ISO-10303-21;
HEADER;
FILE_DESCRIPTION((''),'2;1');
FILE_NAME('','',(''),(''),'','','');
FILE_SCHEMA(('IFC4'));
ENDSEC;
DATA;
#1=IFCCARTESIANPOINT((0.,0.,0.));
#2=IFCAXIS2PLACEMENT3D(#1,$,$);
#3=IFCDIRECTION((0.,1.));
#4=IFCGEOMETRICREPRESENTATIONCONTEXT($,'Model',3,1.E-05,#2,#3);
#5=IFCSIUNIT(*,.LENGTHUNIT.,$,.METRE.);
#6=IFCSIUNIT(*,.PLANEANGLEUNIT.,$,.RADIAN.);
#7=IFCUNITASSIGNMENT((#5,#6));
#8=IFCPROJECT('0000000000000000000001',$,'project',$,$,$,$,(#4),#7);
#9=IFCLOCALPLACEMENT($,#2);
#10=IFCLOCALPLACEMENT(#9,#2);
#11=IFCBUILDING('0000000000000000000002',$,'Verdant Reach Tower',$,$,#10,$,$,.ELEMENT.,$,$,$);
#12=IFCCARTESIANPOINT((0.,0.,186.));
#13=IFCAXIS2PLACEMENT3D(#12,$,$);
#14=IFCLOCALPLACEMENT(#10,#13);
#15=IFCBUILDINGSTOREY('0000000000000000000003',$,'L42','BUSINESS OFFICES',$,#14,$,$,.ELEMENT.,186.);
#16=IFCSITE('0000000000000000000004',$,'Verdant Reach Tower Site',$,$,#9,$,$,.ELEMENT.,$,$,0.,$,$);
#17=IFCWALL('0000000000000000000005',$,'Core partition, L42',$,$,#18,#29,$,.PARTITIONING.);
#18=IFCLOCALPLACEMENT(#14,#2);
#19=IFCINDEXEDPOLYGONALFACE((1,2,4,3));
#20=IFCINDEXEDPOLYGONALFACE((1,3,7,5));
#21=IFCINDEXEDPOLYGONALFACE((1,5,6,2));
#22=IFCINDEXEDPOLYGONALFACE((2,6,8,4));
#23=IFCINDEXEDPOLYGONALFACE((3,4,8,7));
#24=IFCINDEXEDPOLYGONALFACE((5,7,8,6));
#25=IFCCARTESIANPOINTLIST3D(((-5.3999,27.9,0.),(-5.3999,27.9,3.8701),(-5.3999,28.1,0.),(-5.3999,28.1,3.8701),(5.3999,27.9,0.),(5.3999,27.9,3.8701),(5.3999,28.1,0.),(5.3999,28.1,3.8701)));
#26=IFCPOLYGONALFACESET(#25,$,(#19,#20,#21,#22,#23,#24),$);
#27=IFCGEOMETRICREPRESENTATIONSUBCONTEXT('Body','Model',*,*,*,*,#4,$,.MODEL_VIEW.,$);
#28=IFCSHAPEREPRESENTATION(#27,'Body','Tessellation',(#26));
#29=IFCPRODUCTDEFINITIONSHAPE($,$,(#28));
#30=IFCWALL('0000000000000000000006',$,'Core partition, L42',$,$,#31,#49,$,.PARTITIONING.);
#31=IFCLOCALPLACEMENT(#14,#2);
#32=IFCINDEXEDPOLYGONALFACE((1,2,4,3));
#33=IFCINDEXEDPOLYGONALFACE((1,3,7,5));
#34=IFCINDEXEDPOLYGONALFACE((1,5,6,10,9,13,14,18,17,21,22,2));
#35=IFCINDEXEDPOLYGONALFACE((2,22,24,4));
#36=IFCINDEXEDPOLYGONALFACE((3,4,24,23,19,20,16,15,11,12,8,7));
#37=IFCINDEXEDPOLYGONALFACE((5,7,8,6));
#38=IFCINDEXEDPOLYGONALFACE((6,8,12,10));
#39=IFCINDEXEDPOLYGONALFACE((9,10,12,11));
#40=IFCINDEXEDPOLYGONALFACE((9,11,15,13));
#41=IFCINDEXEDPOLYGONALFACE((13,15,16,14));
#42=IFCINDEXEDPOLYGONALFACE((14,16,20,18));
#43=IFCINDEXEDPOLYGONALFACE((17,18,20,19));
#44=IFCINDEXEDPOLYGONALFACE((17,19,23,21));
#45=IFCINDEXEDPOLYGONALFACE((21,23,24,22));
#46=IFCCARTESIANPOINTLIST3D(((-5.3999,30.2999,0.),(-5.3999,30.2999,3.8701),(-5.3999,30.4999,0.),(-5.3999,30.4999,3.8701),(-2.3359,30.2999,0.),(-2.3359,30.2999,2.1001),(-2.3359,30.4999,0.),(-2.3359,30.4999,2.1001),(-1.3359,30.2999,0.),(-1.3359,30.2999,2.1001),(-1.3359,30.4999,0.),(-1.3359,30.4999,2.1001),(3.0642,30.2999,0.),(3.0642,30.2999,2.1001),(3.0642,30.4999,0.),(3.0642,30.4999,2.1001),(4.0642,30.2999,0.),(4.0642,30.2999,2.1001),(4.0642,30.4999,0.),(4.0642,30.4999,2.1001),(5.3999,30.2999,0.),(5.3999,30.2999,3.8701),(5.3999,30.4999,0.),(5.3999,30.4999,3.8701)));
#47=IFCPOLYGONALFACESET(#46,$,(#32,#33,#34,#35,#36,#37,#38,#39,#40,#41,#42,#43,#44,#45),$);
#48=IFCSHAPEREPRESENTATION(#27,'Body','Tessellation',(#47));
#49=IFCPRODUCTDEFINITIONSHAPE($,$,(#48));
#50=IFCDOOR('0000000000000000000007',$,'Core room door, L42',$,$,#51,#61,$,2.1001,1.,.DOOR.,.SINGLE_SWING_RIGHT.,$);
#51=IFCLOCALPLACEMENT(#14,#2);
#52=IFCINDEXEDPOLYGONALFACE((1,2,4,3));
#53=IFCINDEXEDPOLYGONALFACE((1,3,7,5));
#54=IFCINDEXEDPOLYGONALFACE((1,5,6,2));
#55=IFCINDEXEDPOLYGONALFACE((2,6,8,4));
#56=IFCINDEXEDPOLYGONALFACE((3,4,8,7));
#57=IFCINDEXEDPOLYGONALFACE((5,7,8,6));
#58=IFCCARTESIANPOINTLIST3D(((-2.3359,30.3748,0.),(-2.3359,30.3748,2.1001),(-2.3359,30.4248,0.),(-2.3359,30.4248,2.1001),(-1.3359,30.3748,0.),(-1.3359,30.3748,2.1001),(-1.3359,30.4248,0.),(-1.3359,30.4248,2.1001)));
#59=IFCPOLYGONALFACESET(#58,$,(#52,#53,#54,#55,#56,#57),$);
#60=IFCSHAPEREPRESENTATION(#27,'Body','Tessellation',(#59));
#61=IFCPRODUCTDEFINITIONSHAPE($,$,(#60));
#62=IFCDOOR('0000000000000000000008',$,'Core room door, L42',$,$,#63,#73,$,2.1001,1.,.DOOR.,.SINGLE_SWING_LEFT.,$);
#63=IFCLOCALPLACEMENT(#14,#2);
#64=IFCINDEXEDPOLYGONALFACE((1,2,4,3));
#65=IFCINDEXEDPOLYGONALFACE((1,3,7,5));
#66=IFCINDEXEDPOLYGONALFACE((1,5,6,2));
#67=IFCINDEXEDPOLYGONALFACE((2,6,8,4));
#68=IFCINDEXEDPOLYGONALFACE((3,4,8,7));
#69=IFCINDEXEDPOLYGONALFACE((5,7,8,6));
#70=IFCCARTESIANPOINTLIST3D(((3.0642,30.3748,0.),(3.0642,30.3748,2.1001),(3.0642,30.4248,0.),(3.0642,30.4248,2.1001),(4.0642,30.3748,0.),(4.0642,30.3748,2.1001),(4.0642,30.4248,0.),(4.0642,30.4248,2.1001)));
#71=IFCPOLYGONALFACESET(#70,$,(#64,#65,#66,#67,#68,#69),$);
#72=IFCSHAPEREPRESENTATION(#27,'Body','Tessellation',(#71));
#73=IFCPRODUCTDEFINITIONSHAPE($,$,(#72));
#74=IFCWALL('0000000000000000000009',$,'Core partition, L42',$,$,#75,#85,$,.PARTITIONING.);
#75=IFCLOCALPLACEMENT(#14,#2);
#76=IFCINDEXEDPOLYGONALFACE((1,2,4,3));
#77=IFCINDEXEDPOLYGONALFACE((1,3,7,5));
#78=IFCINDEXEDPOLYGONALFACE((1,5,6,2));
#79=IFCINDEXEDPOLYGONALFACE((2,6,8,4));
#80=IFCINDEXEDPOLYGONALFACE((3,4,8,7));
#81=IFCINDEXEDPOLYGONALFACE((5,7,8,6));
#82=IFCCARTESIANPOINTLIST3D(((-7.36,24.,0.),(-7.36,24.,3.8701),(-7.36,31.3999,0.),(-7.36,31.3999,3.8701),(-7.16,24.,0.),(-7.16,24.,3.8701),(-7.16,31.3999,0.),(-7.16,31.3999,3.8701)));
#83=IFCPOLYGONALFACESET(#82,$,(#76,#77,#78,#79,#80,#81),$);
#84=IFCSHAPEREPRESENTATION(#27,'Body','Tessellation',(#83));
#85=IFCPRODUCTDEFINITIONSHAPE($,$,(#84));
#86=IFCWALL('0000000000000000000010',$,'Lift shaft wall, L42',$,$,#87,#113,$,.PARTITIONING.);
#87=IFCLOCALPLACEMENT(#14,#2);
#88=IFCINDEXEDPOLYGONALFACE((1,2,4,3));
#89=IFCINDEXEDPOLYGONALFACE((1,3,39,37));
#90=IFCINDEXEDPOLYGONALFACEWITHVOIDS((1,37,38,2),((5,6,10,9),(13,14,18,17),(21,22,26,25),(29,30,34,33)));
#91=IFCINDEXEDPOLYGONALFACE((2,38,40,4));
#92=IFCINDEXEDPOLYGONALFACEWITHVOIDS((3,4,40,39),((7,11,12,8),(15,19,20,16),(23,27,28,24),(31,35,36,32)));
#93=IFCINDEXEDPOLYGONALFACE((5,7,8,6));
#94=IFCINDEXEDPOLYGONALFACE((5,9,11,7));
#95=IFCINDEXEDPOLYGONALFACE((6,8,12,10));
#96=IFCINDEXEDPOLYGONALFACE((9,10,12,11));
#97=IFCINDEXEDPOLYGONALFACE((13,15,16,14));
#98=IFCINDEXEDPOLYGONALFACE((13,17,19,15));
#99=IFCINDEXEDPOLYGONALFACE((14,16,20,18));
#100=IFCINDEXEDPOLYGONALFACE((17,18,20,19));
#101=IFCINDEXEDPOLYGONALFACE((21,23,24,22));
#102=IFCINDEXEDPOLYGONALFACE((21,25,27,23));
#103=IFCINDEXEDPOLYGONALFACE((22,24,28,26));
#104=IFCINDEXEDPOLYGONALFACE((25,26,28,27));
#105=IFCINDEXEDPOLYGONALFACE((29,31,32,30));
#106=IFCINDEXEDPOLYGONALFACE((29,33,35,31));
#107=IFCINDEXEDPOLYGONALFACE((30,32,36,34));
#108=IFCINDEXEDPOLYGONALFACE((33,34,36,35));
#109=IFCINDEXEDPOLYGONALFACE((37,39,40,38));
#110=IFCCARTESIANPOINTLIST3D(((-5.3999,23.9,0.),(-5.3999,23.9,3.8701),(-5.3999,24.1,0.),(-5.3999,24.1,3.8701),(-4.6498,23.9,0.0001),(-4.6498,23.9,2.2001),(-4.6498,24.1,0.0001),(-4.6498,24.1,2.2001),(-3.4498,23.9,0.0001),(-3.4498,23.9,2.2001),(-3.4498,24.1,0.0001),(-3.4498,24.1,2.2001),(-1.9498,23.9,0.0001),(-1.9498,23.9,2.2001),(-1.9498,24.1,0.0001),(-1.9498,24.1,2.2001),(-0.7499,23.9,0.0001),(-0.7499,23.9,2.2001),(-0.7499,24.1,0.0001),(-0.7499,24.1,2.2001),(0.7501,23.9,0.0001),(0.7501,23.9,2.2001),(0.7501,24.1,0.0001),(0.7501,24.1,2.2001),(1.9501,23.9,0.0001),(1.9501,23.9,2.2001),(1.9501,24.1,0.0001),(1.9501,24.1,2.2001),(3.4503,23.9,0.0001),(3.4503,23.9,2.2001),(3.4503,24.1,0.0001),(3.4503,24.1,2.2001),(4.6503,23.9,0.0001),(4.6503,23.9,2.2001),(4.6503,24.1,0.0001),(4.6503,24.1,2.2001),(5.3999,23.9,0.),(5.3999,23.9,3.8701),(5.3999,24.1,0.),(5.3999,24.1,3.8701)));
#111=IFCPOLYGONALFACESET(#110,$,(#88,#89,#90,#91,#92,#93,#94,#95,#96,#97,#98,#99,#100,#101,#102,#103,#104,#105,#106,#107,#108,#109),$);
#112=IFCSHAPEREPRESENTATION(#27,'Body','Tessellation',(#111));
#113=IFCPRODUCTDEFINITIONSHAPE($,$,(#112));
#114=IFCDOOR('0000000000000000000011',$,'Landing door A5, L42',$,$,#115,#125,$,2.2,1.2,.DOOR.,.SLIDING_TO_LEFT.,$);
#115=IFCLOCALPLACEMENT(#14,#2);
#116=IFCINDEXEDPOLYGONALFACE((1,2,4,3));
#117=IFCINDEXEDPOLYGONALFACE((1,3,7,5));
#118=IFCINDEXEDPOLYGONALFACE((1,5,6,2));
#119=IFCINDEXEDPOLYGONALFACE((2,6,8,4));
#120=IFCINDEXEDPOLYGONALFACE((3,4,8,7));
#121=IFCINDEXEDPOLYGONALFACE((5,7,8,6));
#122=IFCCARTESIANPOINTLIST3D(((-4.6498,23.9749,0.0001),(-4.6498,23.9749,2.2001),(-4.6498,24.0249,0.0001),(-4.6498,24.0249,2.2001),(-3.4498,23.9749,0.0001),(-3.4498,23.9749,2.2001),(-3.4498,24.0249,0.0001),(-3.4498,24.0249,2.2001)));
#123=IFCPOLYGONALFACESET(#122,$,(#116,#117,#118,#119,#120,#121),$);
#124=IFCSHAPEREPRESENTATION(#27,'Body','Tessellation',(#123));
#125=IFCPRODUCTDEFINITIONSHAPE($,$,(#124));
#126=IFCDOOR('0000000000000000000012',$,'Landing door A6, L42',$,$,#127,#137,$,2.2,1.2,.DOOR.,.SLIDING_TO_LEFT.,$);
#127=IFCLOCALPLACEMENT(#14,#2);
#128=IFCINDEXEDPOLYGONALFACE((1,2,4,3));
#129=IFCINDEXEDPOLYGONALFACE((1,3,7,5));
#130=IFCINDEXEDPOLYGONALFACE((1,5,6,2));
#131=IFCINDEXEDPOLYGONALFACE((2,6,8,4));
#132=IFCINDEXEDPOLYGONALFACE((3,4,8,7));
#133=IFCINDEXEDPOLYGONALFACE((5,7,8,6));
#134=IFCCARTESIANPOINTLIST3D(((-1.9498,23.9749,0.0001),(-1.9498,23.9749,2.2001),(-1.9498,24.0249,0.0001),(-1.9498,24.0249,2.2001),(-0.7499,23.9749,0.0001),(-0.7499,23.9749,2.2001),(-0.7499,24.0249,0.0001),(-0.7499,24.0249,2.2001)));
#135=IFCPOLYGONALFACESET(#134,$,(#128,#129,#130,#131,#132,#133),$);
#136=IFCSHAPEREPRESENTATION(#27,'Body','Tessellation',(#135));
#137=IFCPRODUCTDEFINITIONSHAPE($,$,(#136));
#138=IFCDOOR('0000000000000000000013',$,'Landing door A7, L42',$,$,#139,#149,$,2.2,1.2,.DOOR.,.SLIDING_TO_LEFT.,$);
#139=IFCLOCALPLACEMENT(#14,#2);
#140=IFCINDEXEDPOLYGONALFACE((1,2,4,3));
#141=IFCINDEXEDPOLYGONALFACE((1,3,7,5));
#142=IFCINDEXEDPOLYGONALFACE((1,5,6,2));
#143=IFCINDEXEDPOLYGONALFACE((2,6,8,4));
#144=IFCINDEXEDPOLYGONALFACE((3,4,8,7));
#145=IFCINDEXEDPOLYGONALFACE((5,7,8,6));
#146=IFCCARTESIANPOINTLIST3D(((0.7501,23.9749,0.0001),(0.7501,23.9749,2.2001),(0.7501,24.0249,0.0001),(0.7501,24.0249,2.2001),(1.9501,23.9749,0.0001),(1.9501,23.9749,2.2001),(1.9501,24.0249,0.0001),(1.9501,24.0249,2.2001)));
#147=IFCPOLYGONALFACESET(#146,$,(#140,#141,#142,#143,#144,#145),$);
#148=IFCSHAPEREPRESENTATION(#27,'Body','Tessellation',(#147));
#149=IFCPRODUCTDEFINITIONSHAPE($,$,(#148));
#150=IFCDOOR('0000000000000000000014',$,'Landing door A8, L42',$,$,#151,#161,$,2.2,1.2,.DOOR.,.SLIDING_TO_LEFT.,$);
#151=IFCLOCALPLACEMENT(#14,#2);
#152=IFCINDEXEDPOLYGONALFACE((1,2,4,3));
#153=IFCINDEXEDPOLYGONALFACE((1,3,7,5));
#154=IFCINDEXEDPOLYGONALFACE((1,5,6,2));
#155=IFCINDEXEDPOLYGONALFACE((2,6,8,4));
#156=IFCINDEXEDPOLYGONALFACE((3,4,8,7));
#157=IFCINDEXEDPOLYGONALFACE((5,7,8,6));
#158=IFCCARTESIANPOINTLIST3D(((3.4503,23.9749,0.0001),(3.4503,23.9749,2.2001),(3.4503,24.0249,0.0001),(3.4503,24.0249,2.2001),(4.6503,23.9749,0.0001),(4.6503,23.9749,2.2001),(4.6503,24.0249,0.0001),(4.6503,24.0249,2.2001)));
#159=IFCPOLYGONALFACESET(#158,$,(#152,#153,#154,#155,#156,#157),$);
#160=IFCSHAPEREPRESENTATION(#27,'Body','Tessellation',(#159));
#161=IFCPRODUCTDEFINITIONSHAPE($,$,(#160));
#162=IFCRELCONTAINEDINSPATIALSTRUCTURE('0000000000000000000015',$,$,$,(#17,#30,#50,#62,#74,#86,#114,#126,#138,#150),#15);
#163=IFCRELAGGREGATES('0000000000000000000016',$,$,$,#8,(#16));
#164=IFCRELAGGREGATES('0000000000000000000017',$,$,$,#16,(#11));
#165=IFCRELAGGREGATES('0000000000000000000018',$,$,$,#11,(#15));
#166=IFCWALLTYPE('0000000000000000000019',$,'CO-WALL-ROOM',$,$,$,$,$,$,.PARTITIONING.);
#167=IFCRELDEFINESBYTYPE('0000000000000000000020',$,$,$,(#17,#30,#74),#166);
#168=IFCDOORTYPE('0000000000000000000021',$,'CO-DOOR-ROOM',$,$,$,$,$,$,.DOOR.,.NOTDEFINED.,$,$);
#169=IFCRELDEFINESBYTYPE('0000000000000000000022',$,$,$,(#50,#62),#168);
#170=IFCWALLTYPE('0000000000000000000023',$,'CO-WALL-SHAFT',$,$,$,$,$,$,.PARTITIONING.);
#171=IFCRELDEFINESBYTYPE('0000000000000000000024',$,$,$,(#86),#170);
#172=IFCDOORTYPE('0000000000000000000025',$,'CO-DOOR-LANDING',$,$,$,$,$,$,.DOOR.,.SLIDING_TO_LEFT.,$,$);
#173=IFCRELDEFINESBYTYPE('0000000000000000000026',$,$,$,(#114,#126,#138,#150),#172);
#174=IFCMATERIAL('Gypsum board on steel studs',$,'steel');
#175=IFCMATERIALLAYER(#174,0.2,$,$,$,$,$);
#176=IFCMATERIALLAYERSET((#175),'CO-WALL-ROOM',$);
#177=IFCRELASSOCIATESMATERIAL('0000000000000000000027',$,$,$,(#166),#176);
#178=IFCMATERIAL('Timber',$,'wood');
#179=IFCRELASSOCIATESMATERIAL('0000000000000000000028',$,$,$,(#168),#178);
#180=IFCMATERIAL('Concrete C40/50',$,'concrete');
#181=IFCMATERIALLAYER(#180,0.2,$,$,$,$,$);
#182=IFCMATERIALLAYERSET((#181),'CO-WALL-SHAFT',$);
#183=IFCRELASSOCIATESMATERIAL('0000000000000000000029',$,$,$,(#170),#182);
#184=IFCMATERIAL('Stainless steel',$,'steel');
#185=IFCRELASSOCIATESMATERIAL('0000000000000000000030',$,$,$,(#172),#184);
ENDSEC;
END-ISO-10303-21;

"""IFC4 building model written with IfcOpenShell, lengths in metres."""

from ifc_helpers import new_model, si_unit, direction, frame, frame_2d, origin, place, context, subcontext, project, spatial, rectangle, extrude, material, layer, layer_set, type_object, element, fill, save


model = new_model("IFC4")

# Units and contexts
model_context = context("Model", 3, precision=1e-05, world=origin(), true_north=direction((0.0, 1.0)))
body_context = subcontext(model_context, "Body", "Model", "MODEL_VIEW")
ifc_project = project(units=[si_unit("LENGTHUNIT", "METRE"), si_unit("PLANEANGLEUNIT", "RADIAN")], contexts=[model_context])

# Site, building, storey
site_placement = place(None, origin())
site = spatial("IfcSite", under=ifc_project, at=site_placement, Name="Verdant Reach Tower Site", CompositionType="ELEMENT", RefElevation=0.0)
building_placement = place(site_placement, origin())
building = spatial("IfcBuilding", under=site, at=building_placement, Name="Verdant Reach Tower", CompositionType="ELEMENT")
storey_placement = place(building_placement, frame((0.0, 0.0, 186.0)))
storey = spatial("IfcBuildingStorey", under=building, at=storey_placement, Name="L42", Description="BUSINESS OFFICES", CompositionType="ELEMENT", Elevation=186.0)

# Wall
ifc_material_1 = material(Name="Gypsum board on steel studs", Category="steel")
ifc_layer_1 = layer(ifc_material_1, 0.2)
ifc_layer_set_1 = layer_set([ifc_layer_1], Name="CO-WALL-ROOM")
wall_type_1 = type_object("IfcWallType", Name="CO-WALL-ROOM", PredefinedType="PARTITIONING", material=ifc_layer_set_1)
wall_1_placement = place(storey_placement, frame((-5.3999, 28.0, 0.0), z_axis=(0.0, 0.0, 1.0), x_axis=(1.0, 0.0, 0.0)))
element("IfcWall", 1, at=wall_1_placement, inside=storey, type_object=wall_type_1, Name="Core partition, L42", PredefinedType="PARTITIONING", context=body_context, shape_type="SweptSolid", body=[
    extrude(rectangle(XDim=10.7998, YDim=0.2, at=frame_2d((5.3999, 0.0))), origin(), (0.0, 0.0, 1.0), 3.8701),
])

# Wall, openings, doors
wall_2_placement = place(storey_placement, frame((-5.3999, 30.3999, 0.0), z_axis=(0.0, 0.0, 1.0), x_axis=(1.0, 0.0, 0.0)))
wall_2 = element("IfcWall", 2, at=wall_2_placement, inside=storey, type_object=wall_type_1, Name="Core partition, L42", PredefinedType="PARTITIONING", context=body_context, shape_type="SweptSolid", body=[
    extrude(rectangle(XDim=10.7998, YDim=0.2, at=frame_2d((5.3999, 0.0))), origin(), (0.0, 0.0, 1.0), 3.8701),
])
opening_1_placement = place(wall_2_placement, frame((3.064, 0.0, 0.0)))
opening_1 = element("IfcOpeningElement", 3, at=opening_1_placement, cuts=wall_2, PredefinedType="OPENING", context=body_context, shape_type="SweptSolid", body=[
    extrude(rectangle(XDim=1.0, YDim=2.1001, at=frame_2d((0.5, 1.05))), frame((0.0, 0.1099, 0.0), z_axis=(0.0, -1.0, 0.0), x_axis=(1.0, 0.0, 0.0)), (0.0, 0.0, 1.0), 0.22),
])
opening_2_placement = place(wall_2_placement, frame((8.4641, 0.0, 0.0)))
opening_2 = element("IfcOpeningElement", 4, at=opening_2_placement, cuts=wall_2, PredefinedType="OPENING", context=body_context, shape_type="SweptSolid", body=[
    extrude(rectangle(XDim=1.0, YDim=2.1001, at=frame_2d((0.5, 1.05))), frame((0.0, 0.1099, 0.0), z_axis=(0.0, -1.0, 0.0), x_axis=(1.0, 0.0, 0.0)), (0.0, 0.0, 1.0), 0.22),
])
ifc_material_2 = material(Name="Timber", Category="wood")
door_type_1 = type_object("IfcDoorType", Name="CO-DOOR-ROOM", OperationType="NOTDEFINED", PredefinedType="DOOR", material=ifc_material_2)
door_1_placement = place(opening_1_placement, origin())
door_1 = element("IfcDoor", 5, at=door_1_placement, inside=storey, type_object=door_type_1, Name="Core room door, L42", OperationType="SINGLE_SWING_RIGHT", OverallHeight=2.1001, OverallWidth=1.0, PredefinedType="DOOR", context=body_context, shape_type="SweptSolid", body=[
    extrude(rectangle(XDim=1.0, YDim=2.1001, at=frame_2d((0.5, 1.05))), frame((0.0, 0.0249, 0.0), z_axis=(0.0, -1.0, 0.0), x_axis=(1.0, 0.0, 0.0)), (0.0, 0.0, 1.0), 0.05),
])
fill(opening_1, door_1)
door_2_placement = place(opening_2_placement, origin())
door_2 = element("IfcDoor", 6, at=door_2_placement, inside=storey, type_object=door_type_1, Name="Core room door, L42", OperationType="SINGLE_SWING_LEFT", OverallHeight=2.1001, OverallWidth=1.0, PredefinedType="DOOR", context=body_context, shape_type="SweptSolid", body=[
    extrude(rectangle(XDim=1.0, YDim=2.1001, at=frame_2d((0.5, 1.05))), frame((0.0, 0.0249, 0.0), z_axis=(0.0, -1.0, 0.0), x_axis=(1.0, 0.0, 0.0)), (0.0, 0.0, 1.0), 0.05),
])
fill(opening_2, door_2)

# Wall
wall_3_placement = place(storey_placement, frame((-7.26, 24.0, 0.0), z_axis=(0.0, 0.0, 1.0), x_axis=(0.0, 1.0, 0.0)))
element("IfcWall", 7, at=wall_3_placement, inside=storey, type_object=wall_type_1, Name="Core partition, L42", PredefinedType="PARTITIONING", context=body_context, shape_type="SweptSolid", body=[
    extrude(rectangle(XDim=7.3999, YDim=0.2, at=frame_2d((3.7, 0.0))), origin(), (0.0, 0.0, 1.0), 3.8701),
])

# Wall, openings, doors
ifc_material_3 = material(Name="Concrete C40/50", Category="concrete")
ifc_layer_2 = layer(ifc_material_3, 0.2)
ifc_layer_set_2 = layer_set([ifc_layer_2], Name="CO-WALL-SHAFT")
wall_type_2 = type_object("IfcWallType", Name="CO-WALL-SHAFT", PredefinedType="PARTITIONING", material=ifc_layer_set_2)
wall_4_placement = place(storey_placement, frame((-5.3999, 24.0, 0.0), z_axis=(0.0, 0.0, 1.0), x_axis=(1.0, 0.0, 0.0)))
wall_4 = element("IfcWall", 8, at=wall_4_placement, inside=storey, type_object=wall_type_2, Name="Lift shaft wall, L42", PredefinedType="PARTITIONING", context=body_context, shape_type="SweptSolid", body=[
    extrude(rectangle(XDim=10.7998, YDim=0.2, at=frame_2d((5.3999, 0.0))), origin(), (0.0, 0.0, 1.0), 3.8701),
])
opening_3_placement = place(wall_4_placement, frame((0.75, 0.0, 0.0)))
opening_3 = element("IfcOpeningElement", 9, at=opening_3_placement, cuts=wall_4, PredefinedType="OPENING", context=body_context, shape_type="SweptSolid", body=[
    extrude(rectangle(XDim=1.2, YDim=2.2, at=frame_2d((0.6001, 1.1001))), frame((0.0, 0.1099, 0.0), z_axis=(0.0, -1.0, 0.0), x_axis=(1.0, 0.0, 0.0)), (0.0, 0.0, 1.0), 0.22),
])
opening_4_placement = place(wall_4_placement, frame((3.45, 0.0, 0.0)))
opening_4 = element("IfcOpeningElement", 10, at=opening_4_placement, cuts=wall_4, PredefinedType="OPENING", context=body_context, shape_type="SweptSolid", body=[
    extrude(rectangle(XDim=1.2, YDim=2.2, at=frame_2d((0.6001, 1.1001))), frame((0.0, 0.1099, 0.0), z_axis=(0.0, -1.0, 0.0), x_axis=(1.0, 0.0, 0.0)), (0.0, 0.0, 1.0), 0.22),
])
opening_5_placement = place(wall_4_placement, frame((6.1499, 0.0, 0.0)))
opening_5 = element("IfcOpeningElement", 11, at=opening_5_placement, cuts=wall_4, PredefinedType="OPENING", context=body_context, shape_type="SweptSolid", body=[
    extrude(rectangle(XDim=1.2, YDim=2.2, at=frame_2d((0.6001, 1.1001))), frame((0.0, 0.1099, 0.0), z_axis=(0.0, -1.0, 0.0), x_axis=(1.0, 0.0, 0.0)), (0.0, 0.0, 1.0), 0.22),
])
opening_6_placement = place(wall_4_placement, frame((8.8501, 0.0, 0.0)))
opening_6 = element("IfcOpeningElement", 12, at=opening_6_placement, cuts=wall_4, PredefinedType="OPENING", context=body_context, shape_type="SweptSolid", body=[
    extrude(rectangle(XDim=1.2, YDim=2.2, at=frame_2d((0.6001, 1.1001))), frame((0.0, 0.1099, 0.0), z_axis=(0.0, -1.0, 0.0), x_axis=(1.0, 0.0, 0.0)), (0.0, 0.0, 1.0), 0.22),
])
ifc_material_4 = material(Name="Stainless steel", Category="steel")
door_type_2 = type_object("IfcDoorType", Name="CO-DOOR-LANDING", OperationType="SLIDING_TO_LEFT", PredefinedType="DOOR", material=ifc_material_4)
door_3_placement = place(opening_3_placement, origin())
door_3 = element("IfcDoor", 13, at=door_3_placement, inside=storey, type_object=door_type_2, Name="Landing door A5, L42", OperationType="SLIDING_TO_LEFT", OverallHeight=2.2, OverallWidth=1.2, PredefinedType="DOOR", context=body_context, shape_type="SweptSolid", body=[
    extrude(rectangle(XDim=1.2, YDim=2.2, at=frame_2d((0.6001, 1.1001))), frame((0.0, 0.0249, 0.0), z_axis=(0.0, -1.0, 0.0), x_axis=(1.0, 0.0, 0.0)), (0.0, 0.0, 1.0), 0.05),
])
fill(opening_3, door_3)
door_4_placement = place(opening_4_placement, origin())
door_4 = element("IfcDoor", 14, at=door_4_placement, inside=storey, type_object=door_type_2, Name="Landing door A6, L42", OperationType="SLIDING_TO_LEFT", OverallHeight=2.2, OverallWidth=1.2, PredefinedType="DOOR", context=body_context, shape_type="SweptSolid", body=[
    extrude(rectangle(XDim=1.2, YDim=2.2, at=frame_2d((0.6001, 1.1001))), frame((0.0, 0.0249, 0.0), z_axis=(0.0, -1.0, 0.0), x_axis=(1.0, 0.0, 0.0)), (0.0, 0.0, 1.0), 0.05),
])
fill(opening_4, door_4)
door_5_placement = place(opening_5_placement, origin())
door_5 = element("IfcDoor", 15, at=door_5_placement, inside=storey, type_object=door_type_2, Name="Landing door A7, L42", OperationType="SLIDING_TO_LEFT", OverallHeight=2.2, OverallWidth=1.2, PredefinedType="DOOR", context=body_context, shape_type="SweptSolid", body=[
    extrude(rectangle(XDim=1.2, YDim=2.2, at=frame_2d((0.6001, 1.1001))), frame((0.0, 0.0249, 0.0), z_axis=(0.0, -1.0, 0.0), x_axis=(1.0, 0.0, 0.0)), (0.0, 0.0, 1.0), 0.05),
])
fill(opening_5, door_5)
door_6_placement = place(opening_6_placement, origin())
door_6 = element("IfcDoor", 16, at=door_6_placement, inside=storey, type_object=door_type_2, Name="Landing door A8, L42", OperationType="SLIDING_TO_LEFT", OverallHeight=2.2, OverallWidth=1.2, PredefinedType="DOOR", context=body_context, shape_type="SweptSolid", body=[
    extrude(rectangle(XDim=1.2, YDim=2.2, at=frame_2d((0.6001, 1.1001))), frame((0.0, 0.0249, 0.0), z_axis=(0.0, -1.0, 0.0), x_axis=(1.0, 0.0, 0.0)), (0.0, 0.0, 1.0), 0.05),
])
fill(opening_6, door_6)

save(model, "model.ifc")
